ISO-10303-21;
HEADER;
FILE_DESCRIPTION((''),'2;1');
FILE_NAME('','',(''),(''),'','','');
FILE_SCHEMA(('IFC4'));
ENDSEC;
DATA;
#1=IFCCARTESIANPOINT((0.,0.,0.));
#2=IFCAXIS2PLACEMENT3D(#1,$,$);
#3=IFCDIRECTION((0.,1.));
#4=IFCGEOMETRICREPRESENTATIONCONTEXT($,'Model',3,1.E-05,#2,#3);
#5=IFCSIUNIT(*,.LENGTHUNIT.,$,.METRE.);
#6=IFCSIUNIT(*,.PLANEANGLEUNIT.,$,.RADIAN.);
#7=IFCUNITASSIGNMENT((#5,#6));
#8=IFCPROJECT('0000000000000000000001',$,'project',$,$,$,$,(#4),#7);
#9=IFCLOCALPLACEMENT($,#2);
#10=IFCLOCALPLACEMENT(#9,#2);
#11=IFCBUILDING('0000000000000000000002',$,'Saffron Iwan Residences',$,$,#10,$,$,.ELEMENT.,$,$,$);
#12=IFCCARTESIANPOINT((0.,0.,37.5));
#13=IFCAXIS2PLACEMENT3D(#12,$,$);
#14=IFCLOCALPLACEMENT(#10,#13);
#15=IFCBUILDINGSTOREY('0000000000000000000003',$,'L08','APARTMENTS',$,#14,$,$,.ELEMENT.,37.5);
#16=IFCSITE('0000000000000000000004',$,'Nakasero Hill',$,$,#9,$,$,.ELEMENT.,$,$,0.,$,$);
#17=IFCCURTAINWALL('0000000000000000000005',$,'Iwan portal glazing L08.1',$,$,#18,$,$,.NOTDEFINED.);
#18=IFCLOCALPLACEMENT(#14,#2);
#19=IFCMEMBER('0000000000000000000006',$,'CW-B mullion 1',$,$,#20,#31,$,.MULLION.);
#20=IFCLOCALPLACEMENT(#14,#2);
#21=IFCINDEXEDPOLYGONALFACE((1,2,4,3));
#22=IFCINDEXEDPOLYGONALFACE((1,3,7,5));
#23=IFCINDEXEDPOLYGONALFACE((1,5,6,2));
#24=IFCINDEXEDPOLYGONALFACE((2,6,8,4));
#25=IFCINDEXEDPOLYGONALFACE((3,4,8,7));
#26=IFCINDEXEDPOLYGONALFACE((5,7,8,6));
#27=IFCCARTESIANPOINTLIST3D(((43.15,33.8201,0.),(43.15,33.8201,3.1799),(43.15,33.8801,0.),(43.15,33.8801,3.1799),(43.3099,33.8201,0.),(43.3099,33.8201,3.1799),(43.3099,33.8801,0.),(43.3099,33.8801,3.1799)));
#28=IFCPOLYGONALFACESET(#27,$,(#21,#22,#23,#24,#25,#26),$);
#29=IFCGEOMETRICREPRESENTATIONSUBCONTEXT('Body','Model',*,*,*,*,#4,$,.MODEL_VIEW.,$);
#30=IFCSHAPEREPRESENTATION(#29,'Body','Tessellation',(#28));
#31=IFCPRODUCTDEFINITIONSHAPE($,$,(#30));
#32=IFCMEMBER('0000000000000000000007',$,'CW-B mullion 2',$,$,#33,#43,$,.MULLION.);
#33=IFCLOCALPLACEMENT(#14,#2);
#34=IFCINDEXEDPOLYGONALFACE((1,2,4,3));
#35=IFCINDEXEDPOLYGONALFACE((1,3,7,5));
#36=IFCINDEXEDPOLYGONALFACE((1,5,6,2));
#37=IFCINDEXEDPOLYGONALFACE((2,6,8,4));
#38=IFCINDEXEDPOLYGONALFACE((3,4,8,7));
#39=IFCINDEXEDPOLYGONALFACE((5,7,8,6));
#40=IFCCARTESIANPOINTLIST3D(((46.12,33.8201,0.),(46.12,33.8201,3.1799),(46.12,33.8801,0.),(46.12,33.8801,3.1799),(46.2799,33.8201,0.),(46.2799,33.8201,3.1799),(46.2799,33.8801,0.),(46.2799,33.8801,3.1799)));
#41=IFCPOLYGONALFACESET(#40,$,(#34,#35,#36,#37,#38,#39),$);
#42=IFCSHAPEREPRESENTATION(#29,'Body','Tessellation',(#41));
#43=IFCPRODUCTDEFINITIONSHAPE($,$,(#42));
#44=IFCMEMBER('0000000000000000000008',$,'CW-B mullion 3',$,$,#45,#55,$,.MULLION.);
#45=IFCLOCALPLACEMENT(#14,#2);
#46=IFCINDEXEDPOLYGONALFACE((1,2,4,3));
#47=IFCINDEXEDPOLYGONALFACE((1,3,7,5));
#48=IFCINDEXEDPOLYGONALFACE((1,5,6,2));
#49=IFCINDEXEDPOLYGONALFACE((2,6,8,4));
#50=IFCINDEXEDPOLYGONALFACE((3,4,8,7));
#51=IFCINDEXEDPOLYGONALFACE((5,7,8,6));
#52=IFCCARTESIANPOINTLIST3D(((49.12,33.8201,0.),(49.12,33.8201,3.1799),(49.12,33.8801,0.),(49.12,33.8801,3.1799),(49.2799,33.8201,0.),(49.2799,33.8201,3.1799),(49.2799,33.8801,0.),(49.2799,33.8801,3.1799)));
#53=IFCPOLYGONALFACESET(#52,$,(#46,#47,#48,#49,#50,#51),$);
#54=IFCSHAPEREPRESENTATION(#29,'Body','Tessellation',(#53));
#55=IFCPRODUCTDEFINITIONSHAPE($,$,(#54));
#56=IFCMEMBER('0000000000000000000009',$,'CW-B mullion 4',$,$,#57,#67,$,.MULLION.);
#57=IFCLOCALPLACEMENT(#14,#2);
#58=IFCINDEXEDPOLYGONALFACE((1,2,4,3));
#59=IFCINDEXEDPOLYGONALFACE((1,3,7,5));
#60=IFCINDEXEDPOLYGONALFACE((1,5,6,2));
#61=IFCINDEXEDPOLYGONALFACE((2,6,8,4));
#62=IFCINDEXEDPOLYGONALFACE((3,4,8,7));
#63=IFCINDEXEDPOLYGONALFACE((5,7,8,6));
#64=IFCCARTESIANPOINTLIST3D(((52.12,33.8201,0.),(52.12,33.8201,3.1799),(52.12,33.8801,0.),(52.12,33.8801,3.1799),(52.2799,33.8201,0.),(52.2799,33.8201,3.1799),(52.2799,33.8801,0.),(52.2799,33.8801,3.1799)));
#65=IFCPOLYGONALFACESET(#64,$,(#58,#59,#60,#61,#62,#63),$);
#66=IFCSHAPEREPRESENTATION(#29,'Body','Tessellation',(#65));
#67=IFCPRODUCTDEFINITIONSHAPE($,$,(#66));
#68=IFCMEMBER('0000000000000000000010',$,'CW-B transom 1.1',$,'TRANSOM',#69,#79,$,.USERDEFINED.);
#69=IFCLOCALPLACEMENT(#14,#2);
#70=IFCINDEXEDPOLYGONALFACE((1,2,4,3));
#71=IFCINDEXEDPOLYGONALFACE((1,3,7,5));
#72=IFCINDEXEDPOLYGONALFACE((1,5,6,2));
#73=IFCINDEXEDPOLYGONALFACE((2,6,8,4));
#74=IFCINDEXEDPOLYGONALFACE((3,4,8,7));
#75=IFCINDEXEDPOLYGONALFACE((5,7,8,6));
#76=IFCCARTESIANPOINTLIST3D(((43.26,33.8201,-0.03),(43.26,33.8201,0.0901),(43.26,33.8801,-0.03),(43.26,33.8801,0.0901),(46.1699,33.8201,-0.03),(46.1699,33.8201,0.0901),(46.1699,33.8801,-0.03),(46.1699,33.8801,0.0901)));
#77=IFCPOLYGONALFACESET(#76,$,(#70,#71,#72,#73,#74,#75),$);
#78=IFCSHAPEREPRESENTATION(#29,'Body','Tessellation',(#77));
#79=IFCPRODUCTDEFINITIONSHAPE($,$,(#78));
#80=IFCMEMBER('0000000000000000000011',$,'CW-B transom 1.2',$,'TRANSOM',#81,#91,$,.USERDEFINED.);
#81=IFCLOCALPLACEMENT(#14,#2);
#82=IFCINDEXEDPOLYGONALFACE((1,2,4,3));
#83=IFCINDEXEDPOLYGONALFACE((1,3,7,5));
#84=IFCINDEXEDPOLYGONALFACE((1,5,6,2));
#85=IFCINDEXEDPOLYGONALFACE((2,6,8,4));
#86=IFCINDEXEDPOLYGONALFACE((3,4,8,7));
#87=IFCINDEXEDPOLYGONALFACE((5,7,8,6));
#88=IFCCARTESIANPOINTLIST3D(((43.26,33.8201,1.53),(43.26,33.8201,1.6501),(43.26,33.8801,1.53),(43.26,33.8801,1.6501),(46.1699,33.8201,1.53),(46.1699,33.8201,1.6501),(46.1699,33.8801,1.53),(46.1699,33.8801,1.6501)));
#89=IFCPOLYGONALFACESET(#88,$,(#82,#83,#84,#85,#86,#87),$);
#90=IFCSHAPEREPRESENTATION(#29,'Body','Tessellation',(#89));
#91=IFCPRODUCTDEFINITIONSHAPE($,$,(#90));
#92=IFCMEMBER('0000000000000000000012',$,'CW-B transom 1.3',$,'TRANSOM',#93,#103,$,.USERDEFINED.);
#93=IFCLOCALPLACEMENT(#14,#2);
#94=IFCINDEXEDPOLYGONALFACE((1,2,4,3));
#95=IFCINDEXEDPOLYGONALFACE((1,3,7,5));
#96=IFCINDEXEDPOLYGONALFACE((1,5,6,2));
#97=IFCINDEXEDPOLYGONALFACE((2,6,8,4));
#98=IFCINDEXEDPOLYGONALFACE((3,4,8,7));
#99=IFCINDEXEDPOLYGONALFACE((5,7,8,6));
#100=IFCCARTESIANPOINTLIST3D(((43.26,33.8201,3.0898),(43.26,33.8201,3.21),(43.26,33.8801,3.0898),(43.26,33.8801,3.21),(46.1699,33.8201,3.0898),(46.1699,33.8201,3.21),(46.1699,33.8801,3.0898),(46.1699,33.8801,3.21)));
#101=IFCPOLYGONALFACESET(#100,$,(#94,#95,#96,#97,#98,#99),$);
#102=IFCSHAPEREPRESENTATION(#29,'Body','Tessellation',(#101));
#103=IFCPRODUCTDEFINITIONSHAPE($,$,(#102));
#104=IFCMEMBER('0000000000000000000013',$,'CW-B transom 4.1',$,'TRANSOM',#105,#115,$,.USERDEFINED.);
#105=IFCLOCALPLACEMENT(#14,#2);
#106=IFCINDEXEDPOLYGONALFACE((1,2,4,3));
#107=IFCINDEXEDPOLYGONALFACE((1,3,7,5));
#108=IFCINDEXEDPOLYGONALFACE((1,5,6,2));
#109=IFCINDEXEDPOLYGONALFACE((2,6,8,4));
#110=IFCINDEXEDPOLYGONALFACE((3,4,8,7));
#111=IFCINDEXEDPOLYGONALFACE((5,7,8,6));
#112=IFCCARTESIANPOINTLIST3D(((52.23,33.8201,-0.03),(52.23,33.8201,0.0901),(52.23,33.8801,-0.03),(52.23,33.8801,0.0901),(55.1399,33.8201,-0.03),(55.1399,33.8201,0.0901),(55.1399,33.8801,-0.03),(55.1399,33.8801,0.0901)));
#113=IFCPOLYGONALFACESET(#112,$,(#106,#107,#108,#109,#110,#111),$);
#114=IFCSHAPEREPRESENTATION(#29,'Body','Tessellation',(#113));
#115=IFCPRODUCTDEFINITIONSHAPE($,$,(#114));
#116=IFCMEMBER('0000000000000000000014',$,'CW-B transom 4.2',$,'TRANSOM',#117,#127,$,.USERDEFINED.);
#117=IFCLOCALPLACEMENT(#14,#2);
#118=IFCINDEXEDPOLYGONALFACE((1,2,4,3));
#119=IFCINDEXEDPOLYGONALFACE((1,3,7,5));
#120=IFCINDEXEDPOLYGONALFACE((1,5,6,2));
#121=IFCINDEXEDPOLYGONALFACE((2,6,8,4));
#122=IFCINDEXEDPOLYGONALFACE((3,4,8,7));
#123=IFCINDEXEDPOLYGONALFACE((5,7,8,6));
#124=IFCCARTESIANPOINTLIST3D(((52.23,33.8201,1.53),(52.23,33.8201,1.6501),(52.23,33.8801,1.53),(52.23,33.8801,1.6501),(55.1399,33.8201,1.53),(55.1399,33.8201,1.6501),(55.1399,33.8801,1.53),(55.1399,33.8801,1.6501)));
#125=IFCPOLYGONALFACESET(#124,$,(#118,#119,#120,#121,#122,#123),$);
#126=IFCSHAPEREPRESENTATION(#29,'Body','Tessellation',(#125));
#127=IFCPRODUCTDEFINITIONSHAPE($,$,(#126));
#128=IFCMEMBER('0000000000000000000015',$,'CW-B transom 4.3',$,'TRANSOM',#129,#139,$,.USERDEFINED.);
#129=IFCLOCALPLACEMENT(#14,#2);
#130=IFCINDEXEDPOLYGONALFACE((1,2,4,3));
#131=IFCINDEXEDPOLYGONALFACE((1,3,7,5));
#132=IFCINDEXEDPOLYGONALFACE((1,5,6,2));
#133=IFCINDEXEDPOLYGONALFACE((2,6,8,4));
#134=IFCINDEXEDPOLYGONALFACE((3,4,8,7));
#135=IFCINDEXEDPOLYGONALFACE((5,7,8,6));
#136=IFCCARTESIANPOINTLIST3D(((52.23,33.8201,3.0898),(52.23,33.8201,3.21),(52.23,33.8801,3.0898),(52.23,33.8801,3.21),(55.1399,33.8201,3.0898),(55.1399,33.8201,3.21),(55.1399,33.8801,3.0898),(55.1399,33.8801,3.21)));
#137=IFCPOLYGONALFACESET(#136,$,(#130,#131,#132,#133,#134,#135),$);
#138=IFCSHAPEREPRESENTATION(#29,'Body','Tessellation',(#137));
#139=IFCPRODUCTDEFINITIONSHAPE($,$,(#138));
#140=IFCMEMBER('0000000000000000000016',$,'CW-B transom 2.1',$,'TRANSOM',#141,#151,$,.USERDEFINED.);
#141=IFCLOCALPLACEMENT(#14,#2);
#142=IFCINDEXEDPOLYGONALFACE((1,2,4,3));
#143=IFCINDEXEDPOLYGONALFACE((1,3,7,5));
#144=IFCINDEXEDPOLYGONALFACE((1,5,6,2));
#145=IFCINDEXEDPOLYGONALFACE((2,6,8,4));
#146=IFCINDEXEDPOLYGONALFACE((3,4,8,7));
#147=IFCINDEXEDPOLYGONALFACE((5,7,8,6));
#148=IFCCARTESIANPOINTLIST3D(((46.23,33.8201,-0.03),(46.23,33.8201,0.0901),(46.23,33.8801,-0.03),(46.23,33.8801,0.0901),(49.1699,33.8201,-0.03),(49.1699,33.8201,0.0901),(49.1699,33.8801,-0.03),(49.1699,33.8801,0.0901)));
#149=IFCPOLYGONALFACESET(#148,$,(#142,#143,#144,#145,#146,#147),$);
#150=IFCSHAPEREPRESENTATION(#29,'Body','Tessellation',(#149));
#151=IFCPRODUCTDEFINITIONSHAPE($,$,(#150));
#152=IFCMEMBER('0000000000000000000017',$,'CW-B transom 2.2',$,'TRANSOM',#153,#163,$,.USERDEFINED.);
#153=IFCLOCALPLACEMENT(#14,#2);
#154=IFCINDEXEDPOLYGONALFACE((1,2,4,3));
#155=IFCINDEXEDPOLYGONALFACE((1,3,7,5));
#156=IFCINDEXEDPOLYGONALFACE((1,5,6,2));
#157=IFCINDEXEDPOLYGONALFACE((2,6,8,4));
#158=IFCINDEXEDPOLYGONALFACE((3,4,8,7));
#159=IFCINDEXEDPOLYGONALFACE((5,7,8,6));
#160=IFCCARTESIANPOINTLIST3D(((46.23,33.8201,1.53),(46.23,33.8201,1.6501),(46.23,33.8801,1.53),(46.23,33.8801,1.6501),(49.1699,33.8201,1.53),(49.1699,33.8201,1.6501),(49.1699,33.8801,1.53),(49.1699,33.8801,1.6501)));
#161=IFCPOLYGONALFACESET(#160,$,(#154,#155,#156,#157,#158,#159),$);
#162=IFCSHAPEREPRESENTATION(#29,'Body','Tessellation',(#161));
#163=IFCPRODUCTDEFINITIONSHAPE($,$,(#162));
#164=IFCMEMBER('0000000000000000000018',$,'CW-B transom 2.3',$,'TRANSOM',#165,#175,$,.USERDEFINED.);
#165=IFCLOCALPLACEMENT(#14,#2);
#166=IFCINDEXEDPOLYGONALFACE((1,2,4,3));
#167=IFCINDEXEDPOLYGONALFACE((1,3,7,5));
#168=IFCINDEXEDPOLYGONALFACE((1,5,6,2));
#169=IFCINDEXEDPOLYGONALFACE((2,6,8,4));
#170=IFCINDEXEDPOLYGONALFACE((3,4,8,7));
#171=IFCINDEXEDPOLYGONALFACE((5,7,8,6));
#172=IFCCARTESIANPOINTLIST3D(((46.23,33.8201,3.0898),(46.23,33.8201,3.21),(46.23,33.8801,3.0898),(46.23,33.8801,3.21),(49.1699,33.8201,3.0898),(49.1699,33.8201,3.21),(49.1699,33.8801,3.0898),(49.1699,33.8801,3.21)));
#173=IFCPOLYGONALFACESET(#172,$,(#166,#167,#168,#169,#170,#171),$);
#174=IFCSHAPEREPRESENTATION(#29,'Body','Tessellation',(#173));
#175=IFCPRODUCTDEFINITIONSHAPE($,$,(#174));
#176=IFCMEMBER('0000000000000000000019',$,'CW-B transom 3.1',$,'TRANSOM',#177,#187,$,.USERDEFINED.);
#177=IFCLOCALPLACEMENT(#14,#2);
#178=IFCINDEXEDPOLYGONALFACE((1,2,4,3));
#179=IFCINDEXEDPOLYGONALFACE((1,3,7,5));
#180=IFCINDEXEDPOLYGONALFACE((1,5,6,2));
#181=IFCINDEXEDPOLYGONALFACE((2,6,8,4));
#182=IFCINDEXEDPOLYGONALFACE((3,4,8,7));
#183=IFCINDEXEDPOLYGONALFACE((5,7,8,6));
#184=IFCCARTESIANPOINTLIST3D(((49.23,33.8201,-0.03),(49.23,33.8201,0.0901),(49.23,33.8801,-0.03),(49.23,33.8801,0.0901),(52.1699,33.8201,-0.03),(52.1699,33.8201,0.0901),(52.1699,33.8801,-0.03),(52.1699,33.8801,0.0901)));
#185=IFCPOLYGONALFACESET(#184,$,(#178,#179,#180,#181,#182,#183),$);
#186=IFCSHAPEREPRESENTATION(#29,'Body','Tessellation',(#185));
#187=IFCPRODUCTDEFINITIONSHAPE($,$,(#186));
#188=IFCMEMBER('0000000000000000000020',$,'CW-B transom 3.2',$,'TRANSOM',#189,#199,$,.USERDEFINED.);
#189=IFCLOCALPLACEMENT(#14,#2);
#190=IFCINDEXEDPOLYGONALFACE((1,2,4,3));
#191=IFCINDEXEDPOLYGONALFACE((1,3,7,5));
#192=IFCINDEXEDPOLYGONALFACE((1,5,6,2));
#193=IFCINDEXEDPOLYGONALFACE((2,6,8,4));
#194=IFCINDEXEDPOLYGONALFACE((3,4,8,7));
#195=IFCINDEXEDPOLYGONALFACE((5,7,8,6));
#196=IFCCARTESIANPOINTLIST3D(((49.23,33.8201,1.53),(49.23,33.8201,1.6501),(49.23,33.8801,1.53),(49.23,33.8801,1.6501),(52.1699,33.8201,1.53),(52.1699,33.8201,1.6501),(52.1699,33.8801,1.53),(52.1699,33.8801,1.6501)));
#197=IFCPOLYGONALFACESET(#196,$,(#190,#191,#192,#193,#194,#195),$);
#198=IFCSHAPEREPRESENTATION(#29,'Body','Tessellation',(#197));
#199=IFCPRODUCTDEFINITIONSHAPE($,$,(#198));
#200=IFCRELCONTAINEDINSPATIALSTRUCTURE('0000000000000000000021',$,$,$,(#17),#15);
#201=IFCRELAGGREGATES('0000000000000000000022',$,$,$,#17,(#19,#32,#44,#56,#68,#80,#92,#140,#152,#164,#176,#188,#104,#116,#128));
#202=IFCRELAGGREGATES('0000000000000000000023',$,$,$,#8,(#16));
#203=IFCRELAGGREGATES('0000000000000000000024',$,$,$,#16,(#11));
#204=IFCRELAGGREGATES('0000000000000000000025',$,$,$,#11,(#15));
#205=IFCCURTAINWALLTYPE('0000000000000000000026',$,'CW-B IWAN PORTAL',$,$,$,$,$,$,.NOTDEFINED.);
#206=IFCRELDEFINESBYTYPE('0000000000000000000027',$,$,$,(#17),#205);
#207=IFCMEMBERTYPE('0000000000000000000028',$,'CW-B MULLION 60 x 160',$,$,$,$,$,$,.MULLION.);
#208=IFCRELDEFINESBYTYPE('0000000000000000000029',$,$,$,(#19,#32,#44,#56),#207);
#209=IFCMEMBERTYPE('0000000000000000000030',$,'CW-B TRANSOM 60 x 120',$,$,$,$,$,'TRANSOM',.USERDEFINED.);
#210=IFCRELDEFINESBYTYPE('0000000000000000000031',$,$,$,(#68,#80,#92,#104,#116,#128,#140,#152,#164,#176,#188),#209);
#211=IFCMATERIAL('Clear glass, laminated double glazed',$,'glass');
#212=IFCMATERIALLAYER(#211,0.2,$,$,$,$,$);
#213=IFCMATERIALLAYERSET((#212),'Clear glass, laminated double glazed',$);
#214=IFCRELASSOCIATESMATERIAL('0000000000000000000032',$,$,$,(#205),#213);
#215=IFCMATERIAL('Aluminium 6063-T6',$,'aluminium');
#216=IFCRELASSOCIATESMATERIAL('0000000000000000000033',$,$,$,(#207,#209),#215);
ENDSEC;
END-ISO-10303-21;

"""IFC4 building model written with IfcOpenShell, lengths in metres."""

from ifc_helpers import new_model, si_unit, direction, frame, origin, origin_2d, place, context, subcontext, project, spatial, rectangle, extrude, source, transform, mapped, material, layer, layer_set, material_profile, profile_set, type_object, element, aggregate, save


model = new_model("IFC4")

# Units and contexts
model_context = context("Model", 3, precision=1e-05, world=origin(), true_north=direction((0.0, 1.0)))
body_context = subcontext(model_context, "Body", "Model", "MODEL_VIEW")
ifc_project = project(units=[si_unit("LENGTHUNIT", "METRE"), si_unit("PLANEANGLEUNIT", "RADIAN")], contexts=[model_context])

# Site, building, storey
site_placement = place(None, origin())
site = spatial("IfcSite", under=ifc_project, at=site_placement, Name="Nakasero Hill", CompositionType="ELEMENT", RefElevation=0.0)
building_placement = place(site_placement, origin())
building = spatial("IfcBuilding", under=site, at=building_placement, Name="Saffron Iwan Residences", CompositionType="ELEMENT")
storey_placement = place(building_placement, frame((0.0, 0.0, 37.5)))
storey = spatial("IfcBuildingStorey", under=building, at=storey_placement, Name="L08", Description="APARTMENTS", CompositionType="ELEMENT", Elevation=37.5)

# Curtain wall, members
ifc_material_1 = material(Name="Clear glass, laminated double glazed", Category="glass")
ifc_layer_1 = layer(ifc_material_1, 0.2)
ifc_layer_set_1 = layer_set([ifc_layer_1], Name="Clear glass, laminated double glazed")
curtain_wall_type = type_object("IfcCurtainWallType", Name="CW-B IWAN PORTAL", PredefinedType="NOTDEFINED", material=ifc_layer_set_1)
curtain_wall_placement = place(storey_placement, origin())
curtain_wall = element("IfcCurtainWall", 1, at=curtain_wall_placement, inside=storey, type_object=curtain_wall_type, Name="Iwan portal glazing L08.1", PredefinedType="NOTDEFINED")
ifc_material_2 = material(Name="Aluminium 6063-T6", Category="aluminium")
ifc_material_profile_1 = material_profile(ifc_material_2, rectangle(XDim=0.0601, YDim=0.1599, at=origin_2d()), Name="CW-B MULLION 60 x 160")
ifc_profile_set_1 = profile_set([ifc_material_profile_1], Name="Aluminium 6063-T6")
member_type_1 = type_object("IfcMemberType", Name="CW-B MULLION 60 x 160", PredefinedType="MULLION", material=ifc_profile_set_1)
shared_shape_1 = source(origin(), body_context, "Body", "SweptSolid", [
    extrude(rectangle(XDim=0.0601, YDim=0.1599, at=origin_2d()), origin(), (0.0, 0.0, 1.0), 3.1799),
])
member_1_placement = place(storey_placement, frame((43.23, 33.8501, 0.0), z_axis=(0.0, 0.0, 1.0), x_axis=(0.0, 1.0, 0.0)))
member_1 = element("IfcMember", 2, at=member_1_placement, type_object=member_type_1, Name="CW-B mullion 1", PredefinedType="MULLION", context=body_context, shape_type="MappedRepresentation", body=[
    mapped(shared_shape_1, transform((0.0, 0.0, 0.0))),
])
member_2_placement = place(storey_placement, frame((46.2, 33.8501, 0.0), z_axis=(0.0, 0.0, 1.0), x_axis=(0.0, 1.0, 0.0)))
member_2 = element("IfcMember", 3, at=member_2_placement, type_object=member_type_1, Name="CW-B mullion 2", PredefinedType="MULLION", context=body_context, shape_type="MappedRepresentation", body=[
    mapped(shared_shape_1, transform((0.0, 0.0, 0.0))),
])
member_3_placement = place(storey_placement, frame((49.2, 33.8501, 0.0), z_axis=(0.0, 0.0, 1.0), x_axis=(0.0, 1.0, 0.0)))
member_3 = element("IfcMember", 4, at=member_3_placement, type_object=member_type_1, Name="CW-B mullion 3", PredefinedType="MULLION", context=body_context, shape_type="MappedRepresentation", body=[
    mapped(shared_shape_1, transform((0.0, 0.0, 0.0))),
])
member_4_placement = place(storey_placement, frame((52.2, 33.8501, 0.0), z_axis=(0.0, 0.0, 1.0), x_axis=(0.0, 1.0, 0.0)))
member_4 = element("IfcMember", 5, at=member_4_placement, type_object=member_type_1, Name="CW-B mullion 4", PredefinedType="MULLION", context=body_context, shape_type="MappedRepresentation", body=[
    mapped(shared_shape_1, transform((0.0, 0.0, 0.0))),
])
ifc_material_profile_2 = material_profile(ifc_material_2, rectangle(XDim=0.0601, YDim=0.1201, at=origin_2d()), Name="CW-B TRANSOM 60 x 120")
ifc_profile_set_2 = profile_set([ifc_material_profile_2], Name="Aluminium 6063-T6")
member_type_2 = type_object("IfcMemberType", Name="CW-B TRANSOM 60 x 120", ElementType="TRANSOM", PredefinedType="USERDEFINED", material=ifc_profile_set_2)
shared_shape_2 = source(origin(), body_context, "Body", "SweptSolid", [
    extrude(rectangle(XDim=0.0601, YDim=0.1201, at=origin_2d()), origin(), (0.0, 0.0, 1.0), 2.9099),
])
member_5_placement = place(storey_placement, frame((43.26, 33.8501, 0.03), z_axis=(1.0, 0.0, 0.0), x_axis=(0.0, 1.0, 0.0)))
member_5 = element("IfcMember", 6, at=member_5_placement, type_object=member_type_2, Name="CW-B transom 1.1", ObjectType="TRANSOM", PredefinedType="USERDEFINED", context=body_context, shape_type="MappedRepresentation", body=[
    mapped(shared_shape_2, transform((0.0, 0.0, 0.0))),
])
member_6_placement = place(storey_placement, frame((43.26, 33.8501, 1.5901), z_axis=(1.0, 0.0, 0.0), x_axis=(0.0, 1.0, 0.0)))
member_6 = element("IfcMember", 7, at=member_6_placement, type_object=member_type_2, Name="CW-B transom 1.2", ObjectType="TRANSOM", PredefinedType="USERDEFINED", context=body_context, shape_type="MappedRepresentation", body=[
    mapped(shared_shape_2, transform((0.0, 0.0, 0.0))),
])
member_7_placement = place(storey_placement, frame((43.26, 33.8501, 3.1499), z_axis=(1.0, 0.0, 0.0), x_axis=(0.0, 1.0, 0.0)))
member_7 = element("IfcMember", 8, at=member_7_placement, type_object=member_type_2, Name="CW-B transom 1.3", ObjectType="TRANSOM", PredefinedType="USERDEFINED", context=body_context, shape_type="MappedRepresentation", body=[
    mapped(shared_shape_2, transform((0.0, 0.0, 0.0))),
])
member_8_placement = place(storey_placement, frame((52.23, 33.8501, 0.03), z_axis=(1.0, 0.0, 0.0), x_axis=(0.0, 1.0, 0.0)))
member_8 = element("IfcMember", 9, at=member_8_placement, type_object=member_type_2, Name="CW-B transom 4.1", ObjectType="TRANSOM", PredefinedType="USERDEFINED", context=body_context, shape_type="MappedRepresentation", body=[
    mapped(shared_shape_2, transform((0.0, 0.0, 0.0))),
])
member_9_placement = place(storey_placement, frame((52.23, 33.8501, 1.5901), z_axis=(1.0, 0.0, 0.0), x_axis=(0.0, 1.0, 0.0)))
member_9 = element("IfcMember", 10, at=member_9_placement, type_object=member_type_2, Name="CW-B transom 4.2", ObjectType="TRANSOM", PredefinedType="USERDEFINED", context=body_context, shape_type="MappedRepresentation", body=[
    mapped(shared_shape_2, transform((0.0, 0.0, 0.0))),
])
member_10_placement = place(storey_placement, frame((52.23, 33.8501, 3.1499), z_axis=(1.0, 0.0, 0.0), x_axis=(0.0, 1.0, 0.0)))
member_10 = element("IfcMember", 11, at=member_10_placement, type_object=member_type_2, Name="CW-B transom 4.3", ObjectType="TRANSOM", PredefinedType="USERDEFINED", context=body_context, shape_type="MappedRepresentation", body=[
    mapped(shared_shape_2, transform((0.0, 0.0, 0.0))),
])
shared_shape_3 = source(origin(), body_context, "Body", "SweptSolid", [
    extrude(rectangle(XDim=0.0601, YDim=0.1201, at=origin_2d()), origin(), (0.0, 0.0, 1.0), 2.9399),
])
member_11_placement = place(storey_placement, frame((46.23, 33.8501, 0.03), z_axis=(1.0, 0.0, 0.0), x_axis=(0.0, 1.0, 0.0)))
member_11 = element("IfcMember", 12, at=member_11_placement, type_object=member_type_2, Name="CW-B transom 2.1", ObjectType="TRANSOM", PredefinedType="USERDEFINED", context=body_context, shape_type="MappedRepresentation", body=[
    mapped(shared_shape_3, transform((0.0, 0.0, 0.0))),
])
member_12_placement = place(storey_placement, frame((46.23, 33.8501, 1.5901), z_axis=(1.0, 0.0, 0.0), x_axis=(0.0, 1.0, 0.0)))
member_12 = element("IfcMember", 13, at=member_12_placement, type_object=member_type_2, Name="CW-B transom 2.2", ObjectType="TRANSOM", PredefinedType="USERDEFINED", context=body_context, shape_type="MappedRepresentation", body=[
    mapped(shared_shape_3, transform((0.0, 0.0, 0.0))),
])
member_13_placement = place(storey_placement, frame((46.23, 33.8501, 3.1499), z_axis=(1.0, 0.0, 0.0), x_axis=(0.0, 1.0, 0.0)))
member_13 = element("IfcMember", 14, at=member_13_placement, type_object=member_type_2, Name="CW-B transom 2.3", ObjectType="TRANSOM", PredefinedType="USERDEFINED", context=body_context, shape_type="MappedRepresentation", body=[
    mapped(shared_shape_3, transform((0.0, 0.0, 0.0))),
])
member_14_placement = place(storey_placement, frame((49.23, 33.8501, 0.03), z_axis=(1.0, 0.0, 0.0), x_axis=(0.0, 1.0, 0.0)))
member_14 = element("IfcMember", 15, at=member_14_placement, type_object=member_type_2, Name="CW-B transom 3.1", ObjectType="TRANSOM", PredefinedType="USERDEFINED", context=body_context, shape_type="MappedRepresentation", body=[
    mapped(shared_shape_3, transform((0.0, 0.0, 0.0))),
])
member_15_placement = place(storey_placement, frame((49.23, 33.8501, 1.5901), z_axis=(1.0, 0.0, 0.0), x_axis=(0.0, 1.0, 0.0)))
member_15 = element("IfcMember", 16, at=member_15_placement, type_object=member_type_2, Name="CW-B transom 3.2", ObjectType="TRANSOM", PredefinedType="USERDEFINED", context=body_context, shape_type="MappedRepresentation", body=[
    mapped(shared_shape_3, transform((0.0, 0.0, 0.0))),
])
aggregate(curtain_wall, [member_1, member_2, member_3, member_4, member_5, member_6, member_7, member_11, member_12, member_13, member_14, member_15, member_8, member_9, member_10])

save(model, "model.ifc")
